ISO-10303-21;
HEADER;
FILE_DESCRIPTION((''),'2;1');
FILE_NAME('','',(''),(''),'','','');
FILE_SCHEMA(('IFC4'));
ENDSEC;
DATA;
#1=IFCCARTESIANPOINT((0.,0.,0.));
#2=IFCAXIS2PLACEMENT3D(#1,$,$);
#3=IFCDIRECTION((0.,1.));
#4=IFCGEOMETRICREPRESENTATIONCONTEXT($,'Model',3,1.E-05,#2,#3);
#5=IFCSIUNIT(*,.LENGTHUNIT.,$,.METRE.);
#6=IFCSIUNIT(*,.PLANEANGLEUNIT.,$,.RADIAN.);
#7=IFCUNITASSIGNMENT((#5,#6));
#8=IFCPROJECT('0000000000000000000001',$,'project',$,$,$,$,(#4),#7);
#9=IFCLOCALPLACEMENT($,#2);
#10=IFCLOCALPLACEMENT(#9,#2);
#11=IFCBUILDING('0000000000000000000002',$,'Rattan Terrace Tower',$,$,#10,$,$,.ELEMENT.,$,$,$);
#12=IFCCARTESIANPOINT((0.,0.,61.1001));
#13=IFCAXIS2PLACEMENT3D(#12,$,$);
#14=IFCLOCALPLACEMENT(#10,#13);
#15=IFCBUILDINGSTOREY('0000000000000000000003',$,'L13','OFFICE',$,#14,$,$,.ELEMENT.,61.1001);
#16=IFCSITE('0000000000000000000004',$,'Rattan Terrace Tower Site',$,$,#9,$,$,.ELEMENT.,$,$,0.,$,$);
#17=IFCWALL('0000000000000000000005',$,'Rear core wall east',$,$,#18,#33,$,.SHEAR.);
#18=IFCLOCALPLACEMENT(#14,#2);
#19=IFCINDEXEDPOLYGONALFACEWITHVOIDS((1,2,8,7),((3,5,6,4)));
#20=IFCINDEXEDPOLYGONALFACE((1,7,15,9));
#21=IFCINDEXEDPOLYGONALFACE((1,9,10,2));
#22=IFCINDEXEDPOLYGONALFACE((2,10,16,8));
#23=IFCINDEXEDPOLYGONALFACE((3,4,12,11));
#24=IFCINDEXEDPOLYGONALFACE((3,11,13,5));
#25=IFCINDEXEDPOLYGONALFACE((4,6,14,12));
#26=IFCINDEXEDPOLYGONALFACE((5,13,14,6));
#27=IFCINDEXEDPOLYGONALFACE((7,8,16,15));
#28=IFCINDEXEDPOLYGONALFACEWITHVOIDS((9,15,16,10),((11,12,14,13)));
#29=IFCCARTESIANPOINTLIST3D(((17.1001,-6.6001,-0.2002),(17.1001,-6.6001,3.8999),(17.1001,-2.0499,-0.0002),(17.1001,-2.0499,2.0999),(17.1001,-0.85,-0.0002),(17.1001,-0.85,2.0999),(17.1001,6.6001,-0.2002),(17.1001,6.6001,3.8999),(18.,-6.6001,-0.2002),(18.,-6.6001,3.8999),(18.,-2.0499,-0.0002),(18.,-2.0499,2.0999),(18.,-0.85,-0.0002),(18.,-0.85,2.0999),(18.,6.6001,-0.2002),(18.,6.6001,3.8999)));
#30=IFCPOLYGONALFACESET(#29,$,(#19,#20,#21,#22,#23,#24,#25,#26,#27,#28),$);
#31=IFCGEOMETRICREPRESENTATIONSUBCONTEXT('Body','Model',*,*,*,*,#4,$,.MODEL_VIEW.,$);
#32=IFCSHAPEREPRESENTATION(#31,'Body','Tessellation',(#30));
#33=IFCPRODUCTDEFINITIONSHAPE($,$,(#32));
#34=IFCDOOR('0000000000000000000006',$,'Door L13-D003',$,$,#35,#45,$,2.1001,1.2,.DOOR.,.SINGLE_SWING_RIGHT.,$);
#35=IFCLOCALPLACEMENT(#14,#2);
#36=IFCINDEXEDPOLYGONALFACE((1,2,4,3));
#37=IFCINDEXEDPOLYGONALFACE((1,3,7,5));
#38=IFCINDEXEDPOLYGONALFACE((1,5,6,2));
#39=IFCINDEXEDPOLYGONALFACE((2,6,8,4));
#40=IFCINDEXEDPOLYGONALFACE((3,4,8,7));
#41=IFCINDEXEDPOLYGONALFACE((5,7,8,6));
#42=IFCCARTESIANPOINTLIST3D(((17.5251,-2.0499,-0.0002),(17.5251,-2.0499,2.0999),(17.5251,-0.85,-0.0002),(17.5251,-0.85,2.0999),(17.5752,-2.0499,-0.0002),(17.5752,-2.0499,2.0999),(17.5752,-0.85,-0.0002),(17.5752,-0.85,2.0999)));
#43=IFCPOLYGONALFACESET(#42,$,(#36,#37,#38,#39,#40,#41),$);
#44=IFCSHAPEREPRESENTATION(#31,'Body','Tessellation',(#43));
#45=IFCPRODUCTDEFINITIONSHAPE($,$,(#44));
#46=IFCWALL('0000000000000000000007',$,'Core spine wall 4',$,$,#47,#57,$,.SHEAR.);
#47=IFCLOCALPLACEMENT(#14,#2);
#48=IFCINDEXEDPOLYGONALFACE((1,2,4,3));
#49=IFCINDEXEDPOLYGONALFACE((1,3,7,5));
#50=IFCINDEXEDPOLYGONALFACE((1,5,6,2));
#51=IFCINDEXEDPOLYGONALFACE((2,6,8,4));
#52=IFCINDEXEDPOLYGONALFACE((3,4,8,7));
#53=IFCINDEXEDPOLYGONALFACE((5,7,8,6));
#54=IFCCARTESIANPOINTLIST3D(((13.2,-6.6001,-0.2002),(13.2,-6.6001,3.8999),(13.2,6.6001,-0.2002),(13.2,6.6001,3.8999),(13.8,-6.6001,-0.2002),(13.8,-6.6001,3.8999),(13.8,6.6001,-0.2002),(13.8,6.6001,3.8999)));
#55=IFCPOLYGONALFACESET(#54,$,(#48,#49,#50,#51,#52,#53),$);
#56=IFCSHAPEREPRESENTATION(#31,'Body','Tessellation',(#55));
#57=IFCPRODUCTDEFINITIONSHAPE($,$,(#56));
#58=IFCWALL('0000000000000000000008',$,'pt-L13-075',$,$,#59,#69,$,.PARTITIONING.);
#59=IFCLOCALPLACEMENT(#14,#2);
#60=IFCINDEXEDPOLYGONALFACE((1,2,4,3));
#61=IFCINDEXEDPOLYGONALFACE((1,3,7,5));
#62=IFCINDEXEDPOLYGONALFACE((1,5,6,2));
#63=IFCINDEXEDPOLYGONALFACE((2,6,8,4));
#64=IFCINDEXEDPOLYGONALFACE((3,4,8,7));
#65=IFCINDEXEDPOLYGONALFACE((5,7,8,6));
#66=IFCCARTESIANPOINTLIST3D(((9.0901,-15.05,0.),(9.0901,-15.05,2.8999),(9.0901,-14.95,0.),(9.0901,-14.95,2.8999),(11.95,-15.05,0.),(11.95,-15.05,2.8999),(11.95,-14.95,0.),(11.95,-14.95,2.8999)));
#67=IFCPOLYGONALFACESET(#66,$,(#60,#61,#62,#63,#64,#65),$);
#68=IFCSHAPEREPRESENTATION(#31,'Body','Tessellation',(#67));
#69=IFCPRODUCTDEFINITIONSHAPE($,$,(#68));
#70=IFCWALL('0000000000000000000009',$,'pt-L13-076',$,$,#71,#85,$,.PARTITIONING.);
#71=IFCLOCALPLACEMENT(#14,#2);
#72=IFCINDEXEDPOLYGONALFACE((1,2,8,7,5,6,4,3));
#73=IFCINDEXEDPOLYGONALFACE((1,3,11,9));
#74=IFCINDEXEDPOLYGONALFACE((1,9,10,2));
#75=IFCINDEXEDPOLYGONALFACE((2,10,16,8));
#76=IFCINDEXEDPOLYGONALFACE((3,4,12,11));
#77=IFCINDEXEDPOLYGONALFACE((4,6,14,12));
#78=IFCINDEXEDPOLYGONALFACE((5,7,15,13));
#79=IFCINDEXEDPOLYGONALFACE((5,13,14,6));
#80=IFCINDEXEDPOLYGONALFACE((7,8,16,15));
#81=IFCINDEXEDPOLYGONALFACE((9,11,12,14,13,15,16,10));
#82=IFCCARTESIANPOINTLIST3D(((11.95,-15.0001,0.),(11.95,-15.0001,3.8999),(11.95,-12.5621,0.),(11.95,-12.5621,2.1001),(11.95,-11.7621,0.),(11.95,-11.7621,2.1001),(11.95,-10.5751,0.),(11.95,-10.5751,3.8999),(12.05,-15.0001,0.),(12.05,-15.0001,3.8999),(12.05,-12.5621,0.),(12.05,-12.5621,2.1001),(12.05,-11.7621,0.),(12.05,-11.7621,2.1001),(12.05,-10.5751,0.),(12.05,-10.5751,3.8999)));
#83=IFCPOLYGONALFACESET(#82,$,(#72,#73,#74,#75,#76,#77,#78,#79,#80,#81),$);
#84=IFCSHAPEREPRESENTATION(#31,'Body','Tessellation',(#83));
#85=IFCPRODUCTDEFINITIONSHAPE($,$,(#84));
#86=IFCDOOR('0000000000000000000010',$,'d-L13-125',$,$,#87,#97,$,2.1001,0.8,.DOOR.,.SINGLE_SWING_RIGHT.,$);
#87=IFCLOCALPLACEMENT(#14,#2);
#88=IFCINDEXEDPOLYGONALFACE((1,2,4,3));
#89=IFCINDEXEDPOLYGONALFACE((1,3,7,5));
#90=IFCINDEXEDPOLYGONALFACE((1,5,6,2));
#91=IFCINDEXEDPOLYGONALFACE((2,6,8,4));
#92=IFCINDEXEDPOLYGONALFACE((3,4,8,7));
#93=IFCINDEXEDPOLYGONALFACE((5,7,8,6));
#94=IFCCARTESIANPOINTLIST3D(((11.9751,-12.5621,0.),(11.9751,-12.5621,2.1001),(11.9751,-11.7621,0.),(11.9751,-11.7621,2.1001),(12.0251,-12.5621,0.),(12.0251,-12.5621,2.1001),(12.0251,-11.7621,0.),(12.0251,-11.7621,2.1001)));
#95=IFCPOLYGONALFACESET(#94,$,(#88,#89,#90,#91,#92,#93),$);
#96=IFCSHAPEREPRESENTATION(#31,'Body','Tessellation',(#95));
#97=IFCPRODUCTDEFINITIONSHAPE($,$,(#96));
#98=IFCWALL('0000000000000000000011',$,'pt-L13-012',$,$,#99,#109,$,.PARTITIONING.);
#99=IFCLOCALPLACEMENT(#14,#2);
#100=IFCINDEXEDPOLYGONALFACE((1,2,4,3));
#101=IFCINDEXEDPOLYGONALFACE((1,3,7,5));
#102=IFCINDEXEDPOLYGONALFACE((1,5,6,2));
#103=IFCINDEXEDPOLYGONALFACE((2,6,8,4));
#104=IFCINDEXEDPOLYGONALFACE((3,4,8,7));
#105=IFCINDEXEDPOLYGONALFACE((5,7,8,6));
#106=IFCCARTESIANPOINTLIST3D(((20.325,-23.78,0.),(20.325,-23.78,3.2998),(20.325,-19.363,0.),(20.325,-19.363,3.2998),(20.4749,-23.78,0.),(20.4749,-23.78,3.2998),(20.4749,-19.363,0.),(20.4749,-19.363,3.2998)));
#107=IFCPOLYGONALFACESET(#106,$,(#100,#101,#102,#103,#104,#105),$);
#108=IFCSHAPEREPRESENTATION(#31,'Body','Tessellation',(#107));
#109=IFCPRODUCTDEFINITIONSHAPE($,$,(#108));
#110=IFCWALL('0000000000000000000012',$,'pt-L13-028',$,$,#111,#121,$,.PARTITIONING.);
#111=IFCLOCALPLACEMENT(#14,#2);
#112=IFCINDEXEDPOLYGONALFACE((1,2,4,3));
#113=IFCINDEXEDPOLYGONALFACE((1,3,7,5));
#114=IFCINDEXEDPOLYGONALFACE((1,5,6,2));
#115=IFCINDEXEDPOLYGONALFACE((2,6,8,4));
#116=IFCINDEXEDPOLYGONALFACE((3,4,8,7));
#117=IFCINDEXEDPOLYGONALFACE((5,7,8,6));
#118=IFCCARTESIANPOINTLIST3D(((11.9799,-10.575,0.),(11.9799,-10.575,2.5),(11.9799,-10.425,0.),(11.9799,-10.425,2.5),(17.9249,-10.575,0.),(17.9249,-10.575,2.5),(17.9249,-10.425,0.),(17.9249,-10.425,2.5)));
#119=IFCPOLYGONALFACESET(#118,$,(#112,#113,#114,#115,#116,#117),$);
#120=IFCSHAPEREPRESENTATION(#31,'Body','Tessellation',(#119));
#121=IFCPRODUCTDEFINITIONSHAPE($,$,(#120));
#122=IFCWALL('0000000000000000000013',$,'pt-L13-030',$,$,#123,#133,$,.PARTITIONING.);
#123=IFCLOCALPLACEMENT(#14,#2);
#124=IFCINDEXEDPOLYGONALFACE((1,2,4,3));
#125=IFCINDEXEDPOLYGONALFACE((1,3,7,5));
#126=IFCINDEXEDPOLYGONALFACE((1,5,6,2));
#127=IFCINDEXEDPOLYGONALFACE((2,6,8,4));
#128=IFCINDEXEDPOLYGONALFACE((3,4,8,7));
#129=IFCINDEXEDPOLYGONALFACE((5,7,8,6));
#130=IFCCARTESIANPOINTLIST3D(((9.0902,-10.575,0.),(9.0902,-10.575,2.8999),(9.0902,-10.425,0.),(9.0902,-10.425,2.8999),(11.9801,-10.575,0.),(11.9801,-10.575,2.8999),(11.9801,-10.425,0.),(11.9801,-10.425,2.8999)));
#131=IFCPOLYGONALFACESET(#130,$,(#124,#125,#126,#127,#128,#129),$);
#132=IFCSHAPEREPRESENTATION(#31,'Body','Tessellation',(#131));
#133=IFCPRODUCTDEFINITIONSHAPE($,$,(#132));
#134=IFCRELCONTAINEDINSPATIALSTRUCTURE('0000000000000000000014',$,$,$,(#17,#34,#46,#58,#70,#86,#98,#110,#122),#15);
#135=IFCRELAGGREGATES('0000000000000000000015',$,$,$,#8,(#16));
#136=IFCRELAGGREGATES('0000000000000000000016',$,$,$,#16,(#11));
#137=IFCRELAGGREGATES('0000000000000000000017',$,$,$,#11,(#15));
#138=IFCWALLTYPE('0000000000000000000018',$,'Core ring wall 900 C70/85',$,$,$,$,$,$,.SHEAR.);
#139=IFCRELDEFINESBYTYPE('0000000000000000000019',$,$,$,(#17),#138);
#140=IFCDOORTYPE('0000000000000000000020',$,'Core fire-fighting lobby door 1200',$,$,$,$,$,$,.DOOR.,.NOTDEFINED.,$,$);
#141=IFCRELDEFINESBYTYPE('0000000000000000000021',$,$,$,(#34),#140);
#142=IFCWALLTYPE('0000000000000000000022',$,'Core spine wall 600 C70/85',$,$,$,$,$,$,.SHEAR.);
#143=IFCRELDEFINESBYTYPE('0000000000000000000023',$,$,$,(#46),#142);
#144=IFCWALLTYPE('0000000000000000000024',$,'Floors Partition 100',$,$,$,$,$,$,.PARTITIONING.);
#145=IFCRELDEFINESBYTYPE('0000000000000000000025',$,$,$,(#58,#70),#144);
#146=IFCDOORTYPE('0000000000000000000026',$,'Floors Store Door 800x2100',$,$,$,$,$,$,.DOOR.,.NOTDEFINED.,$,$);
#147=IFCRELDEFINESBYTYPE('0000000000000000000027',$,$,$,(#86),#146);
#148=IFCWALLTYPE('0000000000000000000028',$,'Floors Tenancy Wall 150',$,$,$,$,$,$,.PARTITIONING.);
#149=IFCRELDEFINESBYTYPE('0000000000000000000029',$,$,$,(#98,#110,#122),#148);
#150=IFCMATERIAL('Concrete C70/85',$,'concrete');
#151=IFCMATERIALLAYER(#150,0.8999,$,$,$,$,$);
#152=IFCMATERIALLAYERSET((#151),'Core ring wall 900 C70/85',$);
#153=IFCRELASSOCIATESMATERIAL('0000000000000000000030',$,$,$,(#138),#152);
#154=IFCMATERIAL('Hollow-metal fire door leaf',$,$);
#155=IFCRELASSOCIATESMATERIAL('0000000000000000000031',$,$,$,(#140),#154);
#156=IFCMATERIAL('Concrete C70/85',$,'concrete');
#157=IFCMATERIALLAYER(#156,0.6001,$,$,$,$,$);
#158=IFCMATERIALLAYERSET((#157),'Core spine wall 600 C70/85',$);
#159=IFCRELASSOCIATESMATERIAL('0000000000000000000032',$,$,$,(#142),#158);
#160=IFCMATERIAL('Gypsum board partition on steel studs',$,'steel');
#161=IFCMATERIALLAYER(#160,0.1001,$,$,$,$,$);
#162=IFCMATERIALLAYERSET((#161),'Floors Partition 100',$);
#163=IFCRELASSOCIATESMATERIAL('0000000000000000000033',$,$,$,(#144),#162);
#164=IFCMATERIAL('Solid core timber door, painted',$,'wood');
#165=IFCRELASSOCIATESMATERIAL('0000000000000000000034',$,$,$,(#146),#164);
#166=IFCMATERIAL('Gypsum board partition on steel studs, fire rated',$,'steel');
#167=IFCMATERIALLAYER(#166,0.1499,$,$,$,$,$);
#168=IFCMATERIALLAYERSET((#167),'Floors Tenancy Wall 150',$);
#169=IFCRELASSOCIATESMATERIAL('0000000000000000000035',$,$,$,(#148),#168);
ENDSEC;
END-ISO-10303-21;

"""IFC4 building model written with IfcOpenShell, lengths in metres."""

from ifc_helpers import new_model, si_unit, direction, frame, frame_2d, origin, place, context, subcontext, project, spatial, rectangle, extrude, material, layer, layer_set, type_object, element, fill, save


model = new_model("IFC4")

# Units and contexts
model_context = context("Model", 3, precision=1e-05, world=origin(), true_north=direction((0.0, 1.0)))
body_context = subcontext(model_context, "Body", "Model", "MODEL_VIEW")
ifc_project = project(units=[si_unit("LENGTHUNIT", "METRE"), si_unit("PLANEANGLEUNIT", "RADIAN")], contexts=[model_context])

# Site, building, storey
site_placement = place(None, origin())
site = spatial("IfcSite", under=ifc_project, at=site_placement, Name="Rattan Terrace Tower Site", CompositionType="ELEMENT", RefElevation=0.0)
building_placement = place(site_placement, origin())
building = spatial("IfcBuilding", under=site, at=building_placement, Name="Rattan Terrace Tower", CompositionType="ELEMENT")
storey_placement = place(building_placement, frame((0.0, 0.0, 61.1001)))
storey = spatial("IfcBuildingStorey", under=building, at=storey_placement, Name="L13", Description="OFFICE", CompositionType="ELEMENT", Elevation=61.1001)

# Wall, opening, door
ifc_material_1 = material(Name="Concrete C70/85", Category="concrete")
ifc_layer_1 = layer(ifc_material_1, 0.8999)
ifc_layer_set_1 = layer_set([ifc_layer_1], Name="Core ring wall 900 C70/85")
wall_type_1 = type_object("IfcWallType", Name="Core ring wall 900 C70/85", PredefinedType="SHEAR", material=ifc_layer_set_1)
wall_1_placement = place(storey_placement, frame((17.55, -6.6001, -0.2002), z_axis=(0.0, 0.0, 1.0), x_axis=(0.0, 1.0, 0.0)))
wall_1 = element("IfcWall", 1, at=wall_1_placement, inside=storey, type_object=wall_type_1, Name="Rear core wall east", PredefinedType="SHEAR", context=body_context, shape_type="SweptSolid", body=[
    extrude(rectangle(XDim=13.2002, YDim=0.8999, at=frame_2d((6.6001, 0.0))), origin(), (0.0, 0.0, 1.0), 4.1001),
])
opening_1_placement = place(wall_1_placement, frame((4.55, 0.0, 0.2)))
opening_1 = element("IfcOpeningElement", 2, at=opening_1_placement, cuts=wall_1, PredefinedType="OPENING", context=body_context, shape_type="SweptSolid", body=[
    extrude(rectangle(XDim=1.2, YDim=2.1001, at=frame_2d((0.6001, 1.05))), frame((0.0, 0.4604, 0.0), z_axis=(0.0, -1.0, 0.0), x_axis=(1.0, 0.0, 0.0)), (0.0, 0.0, 1.0), 0.9209),
])
ifc_material_2 = material(Name="Hollow-metal fire door leaf")
door_type_1 = type_object("IfcDoorType", Name="Core fire-fighting lobby door 1200", OperationType="NOTDEFINED", PredefinedType="DOOR", material=ifc_material_2)
door_1_placement = place(opening_1_placement, origin())
door_1 = element("IfcDoor", 3, at=door_1_placement, inside=storey, type_object=door_type_1, Name="Door L13-D003", OperationType="SINGLE_SWING_RIGHT", OverallHeight=2.1001, OverallWidth=1.2, PredefinedType="DOOR", context=body_context, shape_type="SweptSolid", body=[
    extrude(rectangle(XDim=1.2, YDim=2.1001, at=frame_2d((0.6001, 1.05))), frame((0.0, 0.0249, 0.0), z_axis=(0.0, -1.0, 0.0), x_axis=(1.0, 0.0, 0.0)), (0.0, 0.0, 1.0), 0.05),
])
fill(opening_1, door_1)

# Walls
ifc_material_3 = material(Name="Concrete C70/85", Category="concrete")
ifc_layer_2 = layer(ifc_material_3, 0.6001)
ifc_layer_set_2 = layer_set([ifc_layer_2], Name="Core spine wall 600 C70/85")
wall_type_2 = type_object("IfcWallType", Name="Core spine wall 600 C70/85", PredefinedType="SHEAR", material=ifc_layer_set_2)
wall_2_placement = place(storey_placement, frame((13.5, -6.6001, -0.2002), z_axis=(0.0, 0.0, 1.0), x_axis=(0.0, 1.0, 0.0)))
element("IfcWall", 4, at=wall_2_placement, inside=storey, type_object=wall_type_2, Name="Core spine wall 4", PredefinedType="SHEAR", context=body_context, shape_type="SweptSolid", body=[
    extrude(rectangle(XDim=13.2002, YDim=0.6001, at=frame_2d((6.6001, 0.0))), origin(), (0.0, 0.0, 1.0), 4.1001),
])
ifc_material_4 = material(Name="Gypsum board partition on steel studs", Category="steel")
ifc_layer_3 = layer(ifc_material_4, 0.1001)
ifc_layer_set_3 = layer_set([ifc_layer_3], Name="Floors Partition 100")
wall_type_3 = type_object("IfcWallType", Name="Floors Partition 100", PredefinedType="PARTITIONING", material=ifc_layer_set_3)
wall_3_placement = place(storey_placement, frame((9.0901, -15.0, 0.0), z_axis=(0.0, 0.0, 1.0), x_axis=(1.0, 0.0, 0.0)))
element("IfcWall", 5, at=wall_3_placement, inside=storey, type_object=wall_type_3, Name="pt-L13-075", PredefinedType="PARTITIONING", context=body_context, shape_type="SweptSolid", body=[
    extrude(rectangle(XDim=2.8599, YDim=0.1001, at=frame_2d((1.4299, 0.0))), origin(), (0.0, 0.0, 1.0), 2.8999),
])

# Wall, opening, door
wall_4_placement = place(storey_placement, frame((12.0, -15.0, 0.0), z_axis=(0.0, 0.0, 1.0), x_axis=(0.0, 1.0, 0.0)))
wall_4 = element("IfcWall", 6, at=wall_4_placement, inside=storey, type_object=wall_type_3, Name="pt-L13-076", PredefinedType="PARTITIONING", context=body_context, shape_type="SweptSolid", body=[
    extrude(rectangle(XDim=4.425, YDim=0.1001, at=frame_2d((2.2124, 0.0))), origin(), (0.0, 0.0, 1.0), 3.8999),
])
opening_2_placement = place(wall_4_placement, frame((2.438, 0.0, 0.0)))
opening_2 = element("IfcOpeningElement", 7, at=opening_2_placement, cuts=wall_4, PredefinedType="OPENING", context=body_context, shape_type="SweptSolid", body=[
    extrude(rectangle(XDim=0.8, YDim=2.1001, at=frame_2d((0.3999, 1.05))), frame((0.0, 0.0605, 0.0), z_axis=(0.0, -1.0, 0.0), x_axis=(1.0, 0.0, 0.0)), (0.0, 0.0, 1.0), 0.1211),
])
ifc_material_5 = material(Name="Solid core timber door, painted", Category="wood")
door_type_2 = type_object("IfcDoorType", Name="Floors Store Door 800x2100", OperationType="NOTDEFINED", PredefinedType="DOOR", material=ifc_material_5)
door_2_placement = place(opening_2_placement, origin())
door_2 = element("IfcDoor", 8, at=door_2_placement, inside=storey, type_object=door_type_2, Name="d-L13-125", OperationType="SINGLE_SWING_RIGHT", OverallHeight=2.1001, OverallWidth=0.8, PredefinedType="DOOR", context=body_context, shape_type="SweptSolid", body=[
    extrude(rectangle(XDim=0.8, YDim=2.1001, at=frame_2d((0.3999, 1.05))), frame((0.0, 0.0249, 0.0), z_axis=(0.0, -1.0, 0.0), x_axis=(1.0, 0.0, 0.0)), (0.0, 0.0, 1.0), 0.05),
])
fill(opening_2, door_2)

# Walls
ifc_material_6 = material(Name="Gypsum board partition on steel studs, fire rated", Category="steel")
ifc_layer_4 = layer(ifc_material_6, 0.1499)
ifc_layer_set_4 = layer_set([ifc_layer_4], Name="Floors Tenancy Wall 150")
wall_type_4 = type_object("IfcWallType", Name="Floors Tenancy Wall 150", PredefinedType="PARTITIONING", material=ifc_layer_set_4)
wall_5_placement = place(storey_placement, frame((20.3999, -19.363, 0.0), z_axis=(0.0, 0.0, 1.0), x_axis=(0.0, -1.0, 0.0)))
element("IfcWall", 9, at=wall_5_placement, inside=storey, type_object=wall_type_4, Name="pt-L13-012", PredefinedType="PARTITIONING", context=body_context, shape_type="SweptSolid", body=[
    extrude(rectangle(XDim=4.417, YDim=0.1499, at=frame_2d((2.2085, 0.0))), origin(), (0.0, 0.0, 1.0), 3.2998),
])
wall_6_placement = place(storey_placement, frame((17.925, -10.5, 0.0), z_axis=(0.0, 0.0, 1.0), x_axis=(-1.0, 0.0, 0.0)))
element("IfcWall", 10, at=wall_6_placement, inside=storey, type_object=wall_type_4, Name="pt-L13-028", PredefinedType="PARTITIONING", context=body_context, shape_type="SweptSolid", body=[
    extrude(rectangle(XDim=5.9451, YDim=0.1499, at=frame_2d((2.9727, 0.0))), origin(), (0.0, 0.0, 1.0), 2.5),
])
wall_7_placement = place(storey_placement, frame((11.98, -10.5, 0.0), z_axis=(0.0, 0.0, 1.0), x_axis=(-1.0, 0.0, 0.0)))
element("IfcWall", 11, at=wall_7_placement, inside=storey, type_object=wall_type_4, Name="pt-L13-030", PredefinedType="PARTITIONING", context=body_context, shape_type="SweptSolid", body=[
    extrude(rectangle(XDim=2.8899, YDim=0.1499, at=frame_2d((1.4448, 0.0))), origin(), (0.0, 0.0, 1.0), 2.8999),
])

save(model, "model.ifc")
